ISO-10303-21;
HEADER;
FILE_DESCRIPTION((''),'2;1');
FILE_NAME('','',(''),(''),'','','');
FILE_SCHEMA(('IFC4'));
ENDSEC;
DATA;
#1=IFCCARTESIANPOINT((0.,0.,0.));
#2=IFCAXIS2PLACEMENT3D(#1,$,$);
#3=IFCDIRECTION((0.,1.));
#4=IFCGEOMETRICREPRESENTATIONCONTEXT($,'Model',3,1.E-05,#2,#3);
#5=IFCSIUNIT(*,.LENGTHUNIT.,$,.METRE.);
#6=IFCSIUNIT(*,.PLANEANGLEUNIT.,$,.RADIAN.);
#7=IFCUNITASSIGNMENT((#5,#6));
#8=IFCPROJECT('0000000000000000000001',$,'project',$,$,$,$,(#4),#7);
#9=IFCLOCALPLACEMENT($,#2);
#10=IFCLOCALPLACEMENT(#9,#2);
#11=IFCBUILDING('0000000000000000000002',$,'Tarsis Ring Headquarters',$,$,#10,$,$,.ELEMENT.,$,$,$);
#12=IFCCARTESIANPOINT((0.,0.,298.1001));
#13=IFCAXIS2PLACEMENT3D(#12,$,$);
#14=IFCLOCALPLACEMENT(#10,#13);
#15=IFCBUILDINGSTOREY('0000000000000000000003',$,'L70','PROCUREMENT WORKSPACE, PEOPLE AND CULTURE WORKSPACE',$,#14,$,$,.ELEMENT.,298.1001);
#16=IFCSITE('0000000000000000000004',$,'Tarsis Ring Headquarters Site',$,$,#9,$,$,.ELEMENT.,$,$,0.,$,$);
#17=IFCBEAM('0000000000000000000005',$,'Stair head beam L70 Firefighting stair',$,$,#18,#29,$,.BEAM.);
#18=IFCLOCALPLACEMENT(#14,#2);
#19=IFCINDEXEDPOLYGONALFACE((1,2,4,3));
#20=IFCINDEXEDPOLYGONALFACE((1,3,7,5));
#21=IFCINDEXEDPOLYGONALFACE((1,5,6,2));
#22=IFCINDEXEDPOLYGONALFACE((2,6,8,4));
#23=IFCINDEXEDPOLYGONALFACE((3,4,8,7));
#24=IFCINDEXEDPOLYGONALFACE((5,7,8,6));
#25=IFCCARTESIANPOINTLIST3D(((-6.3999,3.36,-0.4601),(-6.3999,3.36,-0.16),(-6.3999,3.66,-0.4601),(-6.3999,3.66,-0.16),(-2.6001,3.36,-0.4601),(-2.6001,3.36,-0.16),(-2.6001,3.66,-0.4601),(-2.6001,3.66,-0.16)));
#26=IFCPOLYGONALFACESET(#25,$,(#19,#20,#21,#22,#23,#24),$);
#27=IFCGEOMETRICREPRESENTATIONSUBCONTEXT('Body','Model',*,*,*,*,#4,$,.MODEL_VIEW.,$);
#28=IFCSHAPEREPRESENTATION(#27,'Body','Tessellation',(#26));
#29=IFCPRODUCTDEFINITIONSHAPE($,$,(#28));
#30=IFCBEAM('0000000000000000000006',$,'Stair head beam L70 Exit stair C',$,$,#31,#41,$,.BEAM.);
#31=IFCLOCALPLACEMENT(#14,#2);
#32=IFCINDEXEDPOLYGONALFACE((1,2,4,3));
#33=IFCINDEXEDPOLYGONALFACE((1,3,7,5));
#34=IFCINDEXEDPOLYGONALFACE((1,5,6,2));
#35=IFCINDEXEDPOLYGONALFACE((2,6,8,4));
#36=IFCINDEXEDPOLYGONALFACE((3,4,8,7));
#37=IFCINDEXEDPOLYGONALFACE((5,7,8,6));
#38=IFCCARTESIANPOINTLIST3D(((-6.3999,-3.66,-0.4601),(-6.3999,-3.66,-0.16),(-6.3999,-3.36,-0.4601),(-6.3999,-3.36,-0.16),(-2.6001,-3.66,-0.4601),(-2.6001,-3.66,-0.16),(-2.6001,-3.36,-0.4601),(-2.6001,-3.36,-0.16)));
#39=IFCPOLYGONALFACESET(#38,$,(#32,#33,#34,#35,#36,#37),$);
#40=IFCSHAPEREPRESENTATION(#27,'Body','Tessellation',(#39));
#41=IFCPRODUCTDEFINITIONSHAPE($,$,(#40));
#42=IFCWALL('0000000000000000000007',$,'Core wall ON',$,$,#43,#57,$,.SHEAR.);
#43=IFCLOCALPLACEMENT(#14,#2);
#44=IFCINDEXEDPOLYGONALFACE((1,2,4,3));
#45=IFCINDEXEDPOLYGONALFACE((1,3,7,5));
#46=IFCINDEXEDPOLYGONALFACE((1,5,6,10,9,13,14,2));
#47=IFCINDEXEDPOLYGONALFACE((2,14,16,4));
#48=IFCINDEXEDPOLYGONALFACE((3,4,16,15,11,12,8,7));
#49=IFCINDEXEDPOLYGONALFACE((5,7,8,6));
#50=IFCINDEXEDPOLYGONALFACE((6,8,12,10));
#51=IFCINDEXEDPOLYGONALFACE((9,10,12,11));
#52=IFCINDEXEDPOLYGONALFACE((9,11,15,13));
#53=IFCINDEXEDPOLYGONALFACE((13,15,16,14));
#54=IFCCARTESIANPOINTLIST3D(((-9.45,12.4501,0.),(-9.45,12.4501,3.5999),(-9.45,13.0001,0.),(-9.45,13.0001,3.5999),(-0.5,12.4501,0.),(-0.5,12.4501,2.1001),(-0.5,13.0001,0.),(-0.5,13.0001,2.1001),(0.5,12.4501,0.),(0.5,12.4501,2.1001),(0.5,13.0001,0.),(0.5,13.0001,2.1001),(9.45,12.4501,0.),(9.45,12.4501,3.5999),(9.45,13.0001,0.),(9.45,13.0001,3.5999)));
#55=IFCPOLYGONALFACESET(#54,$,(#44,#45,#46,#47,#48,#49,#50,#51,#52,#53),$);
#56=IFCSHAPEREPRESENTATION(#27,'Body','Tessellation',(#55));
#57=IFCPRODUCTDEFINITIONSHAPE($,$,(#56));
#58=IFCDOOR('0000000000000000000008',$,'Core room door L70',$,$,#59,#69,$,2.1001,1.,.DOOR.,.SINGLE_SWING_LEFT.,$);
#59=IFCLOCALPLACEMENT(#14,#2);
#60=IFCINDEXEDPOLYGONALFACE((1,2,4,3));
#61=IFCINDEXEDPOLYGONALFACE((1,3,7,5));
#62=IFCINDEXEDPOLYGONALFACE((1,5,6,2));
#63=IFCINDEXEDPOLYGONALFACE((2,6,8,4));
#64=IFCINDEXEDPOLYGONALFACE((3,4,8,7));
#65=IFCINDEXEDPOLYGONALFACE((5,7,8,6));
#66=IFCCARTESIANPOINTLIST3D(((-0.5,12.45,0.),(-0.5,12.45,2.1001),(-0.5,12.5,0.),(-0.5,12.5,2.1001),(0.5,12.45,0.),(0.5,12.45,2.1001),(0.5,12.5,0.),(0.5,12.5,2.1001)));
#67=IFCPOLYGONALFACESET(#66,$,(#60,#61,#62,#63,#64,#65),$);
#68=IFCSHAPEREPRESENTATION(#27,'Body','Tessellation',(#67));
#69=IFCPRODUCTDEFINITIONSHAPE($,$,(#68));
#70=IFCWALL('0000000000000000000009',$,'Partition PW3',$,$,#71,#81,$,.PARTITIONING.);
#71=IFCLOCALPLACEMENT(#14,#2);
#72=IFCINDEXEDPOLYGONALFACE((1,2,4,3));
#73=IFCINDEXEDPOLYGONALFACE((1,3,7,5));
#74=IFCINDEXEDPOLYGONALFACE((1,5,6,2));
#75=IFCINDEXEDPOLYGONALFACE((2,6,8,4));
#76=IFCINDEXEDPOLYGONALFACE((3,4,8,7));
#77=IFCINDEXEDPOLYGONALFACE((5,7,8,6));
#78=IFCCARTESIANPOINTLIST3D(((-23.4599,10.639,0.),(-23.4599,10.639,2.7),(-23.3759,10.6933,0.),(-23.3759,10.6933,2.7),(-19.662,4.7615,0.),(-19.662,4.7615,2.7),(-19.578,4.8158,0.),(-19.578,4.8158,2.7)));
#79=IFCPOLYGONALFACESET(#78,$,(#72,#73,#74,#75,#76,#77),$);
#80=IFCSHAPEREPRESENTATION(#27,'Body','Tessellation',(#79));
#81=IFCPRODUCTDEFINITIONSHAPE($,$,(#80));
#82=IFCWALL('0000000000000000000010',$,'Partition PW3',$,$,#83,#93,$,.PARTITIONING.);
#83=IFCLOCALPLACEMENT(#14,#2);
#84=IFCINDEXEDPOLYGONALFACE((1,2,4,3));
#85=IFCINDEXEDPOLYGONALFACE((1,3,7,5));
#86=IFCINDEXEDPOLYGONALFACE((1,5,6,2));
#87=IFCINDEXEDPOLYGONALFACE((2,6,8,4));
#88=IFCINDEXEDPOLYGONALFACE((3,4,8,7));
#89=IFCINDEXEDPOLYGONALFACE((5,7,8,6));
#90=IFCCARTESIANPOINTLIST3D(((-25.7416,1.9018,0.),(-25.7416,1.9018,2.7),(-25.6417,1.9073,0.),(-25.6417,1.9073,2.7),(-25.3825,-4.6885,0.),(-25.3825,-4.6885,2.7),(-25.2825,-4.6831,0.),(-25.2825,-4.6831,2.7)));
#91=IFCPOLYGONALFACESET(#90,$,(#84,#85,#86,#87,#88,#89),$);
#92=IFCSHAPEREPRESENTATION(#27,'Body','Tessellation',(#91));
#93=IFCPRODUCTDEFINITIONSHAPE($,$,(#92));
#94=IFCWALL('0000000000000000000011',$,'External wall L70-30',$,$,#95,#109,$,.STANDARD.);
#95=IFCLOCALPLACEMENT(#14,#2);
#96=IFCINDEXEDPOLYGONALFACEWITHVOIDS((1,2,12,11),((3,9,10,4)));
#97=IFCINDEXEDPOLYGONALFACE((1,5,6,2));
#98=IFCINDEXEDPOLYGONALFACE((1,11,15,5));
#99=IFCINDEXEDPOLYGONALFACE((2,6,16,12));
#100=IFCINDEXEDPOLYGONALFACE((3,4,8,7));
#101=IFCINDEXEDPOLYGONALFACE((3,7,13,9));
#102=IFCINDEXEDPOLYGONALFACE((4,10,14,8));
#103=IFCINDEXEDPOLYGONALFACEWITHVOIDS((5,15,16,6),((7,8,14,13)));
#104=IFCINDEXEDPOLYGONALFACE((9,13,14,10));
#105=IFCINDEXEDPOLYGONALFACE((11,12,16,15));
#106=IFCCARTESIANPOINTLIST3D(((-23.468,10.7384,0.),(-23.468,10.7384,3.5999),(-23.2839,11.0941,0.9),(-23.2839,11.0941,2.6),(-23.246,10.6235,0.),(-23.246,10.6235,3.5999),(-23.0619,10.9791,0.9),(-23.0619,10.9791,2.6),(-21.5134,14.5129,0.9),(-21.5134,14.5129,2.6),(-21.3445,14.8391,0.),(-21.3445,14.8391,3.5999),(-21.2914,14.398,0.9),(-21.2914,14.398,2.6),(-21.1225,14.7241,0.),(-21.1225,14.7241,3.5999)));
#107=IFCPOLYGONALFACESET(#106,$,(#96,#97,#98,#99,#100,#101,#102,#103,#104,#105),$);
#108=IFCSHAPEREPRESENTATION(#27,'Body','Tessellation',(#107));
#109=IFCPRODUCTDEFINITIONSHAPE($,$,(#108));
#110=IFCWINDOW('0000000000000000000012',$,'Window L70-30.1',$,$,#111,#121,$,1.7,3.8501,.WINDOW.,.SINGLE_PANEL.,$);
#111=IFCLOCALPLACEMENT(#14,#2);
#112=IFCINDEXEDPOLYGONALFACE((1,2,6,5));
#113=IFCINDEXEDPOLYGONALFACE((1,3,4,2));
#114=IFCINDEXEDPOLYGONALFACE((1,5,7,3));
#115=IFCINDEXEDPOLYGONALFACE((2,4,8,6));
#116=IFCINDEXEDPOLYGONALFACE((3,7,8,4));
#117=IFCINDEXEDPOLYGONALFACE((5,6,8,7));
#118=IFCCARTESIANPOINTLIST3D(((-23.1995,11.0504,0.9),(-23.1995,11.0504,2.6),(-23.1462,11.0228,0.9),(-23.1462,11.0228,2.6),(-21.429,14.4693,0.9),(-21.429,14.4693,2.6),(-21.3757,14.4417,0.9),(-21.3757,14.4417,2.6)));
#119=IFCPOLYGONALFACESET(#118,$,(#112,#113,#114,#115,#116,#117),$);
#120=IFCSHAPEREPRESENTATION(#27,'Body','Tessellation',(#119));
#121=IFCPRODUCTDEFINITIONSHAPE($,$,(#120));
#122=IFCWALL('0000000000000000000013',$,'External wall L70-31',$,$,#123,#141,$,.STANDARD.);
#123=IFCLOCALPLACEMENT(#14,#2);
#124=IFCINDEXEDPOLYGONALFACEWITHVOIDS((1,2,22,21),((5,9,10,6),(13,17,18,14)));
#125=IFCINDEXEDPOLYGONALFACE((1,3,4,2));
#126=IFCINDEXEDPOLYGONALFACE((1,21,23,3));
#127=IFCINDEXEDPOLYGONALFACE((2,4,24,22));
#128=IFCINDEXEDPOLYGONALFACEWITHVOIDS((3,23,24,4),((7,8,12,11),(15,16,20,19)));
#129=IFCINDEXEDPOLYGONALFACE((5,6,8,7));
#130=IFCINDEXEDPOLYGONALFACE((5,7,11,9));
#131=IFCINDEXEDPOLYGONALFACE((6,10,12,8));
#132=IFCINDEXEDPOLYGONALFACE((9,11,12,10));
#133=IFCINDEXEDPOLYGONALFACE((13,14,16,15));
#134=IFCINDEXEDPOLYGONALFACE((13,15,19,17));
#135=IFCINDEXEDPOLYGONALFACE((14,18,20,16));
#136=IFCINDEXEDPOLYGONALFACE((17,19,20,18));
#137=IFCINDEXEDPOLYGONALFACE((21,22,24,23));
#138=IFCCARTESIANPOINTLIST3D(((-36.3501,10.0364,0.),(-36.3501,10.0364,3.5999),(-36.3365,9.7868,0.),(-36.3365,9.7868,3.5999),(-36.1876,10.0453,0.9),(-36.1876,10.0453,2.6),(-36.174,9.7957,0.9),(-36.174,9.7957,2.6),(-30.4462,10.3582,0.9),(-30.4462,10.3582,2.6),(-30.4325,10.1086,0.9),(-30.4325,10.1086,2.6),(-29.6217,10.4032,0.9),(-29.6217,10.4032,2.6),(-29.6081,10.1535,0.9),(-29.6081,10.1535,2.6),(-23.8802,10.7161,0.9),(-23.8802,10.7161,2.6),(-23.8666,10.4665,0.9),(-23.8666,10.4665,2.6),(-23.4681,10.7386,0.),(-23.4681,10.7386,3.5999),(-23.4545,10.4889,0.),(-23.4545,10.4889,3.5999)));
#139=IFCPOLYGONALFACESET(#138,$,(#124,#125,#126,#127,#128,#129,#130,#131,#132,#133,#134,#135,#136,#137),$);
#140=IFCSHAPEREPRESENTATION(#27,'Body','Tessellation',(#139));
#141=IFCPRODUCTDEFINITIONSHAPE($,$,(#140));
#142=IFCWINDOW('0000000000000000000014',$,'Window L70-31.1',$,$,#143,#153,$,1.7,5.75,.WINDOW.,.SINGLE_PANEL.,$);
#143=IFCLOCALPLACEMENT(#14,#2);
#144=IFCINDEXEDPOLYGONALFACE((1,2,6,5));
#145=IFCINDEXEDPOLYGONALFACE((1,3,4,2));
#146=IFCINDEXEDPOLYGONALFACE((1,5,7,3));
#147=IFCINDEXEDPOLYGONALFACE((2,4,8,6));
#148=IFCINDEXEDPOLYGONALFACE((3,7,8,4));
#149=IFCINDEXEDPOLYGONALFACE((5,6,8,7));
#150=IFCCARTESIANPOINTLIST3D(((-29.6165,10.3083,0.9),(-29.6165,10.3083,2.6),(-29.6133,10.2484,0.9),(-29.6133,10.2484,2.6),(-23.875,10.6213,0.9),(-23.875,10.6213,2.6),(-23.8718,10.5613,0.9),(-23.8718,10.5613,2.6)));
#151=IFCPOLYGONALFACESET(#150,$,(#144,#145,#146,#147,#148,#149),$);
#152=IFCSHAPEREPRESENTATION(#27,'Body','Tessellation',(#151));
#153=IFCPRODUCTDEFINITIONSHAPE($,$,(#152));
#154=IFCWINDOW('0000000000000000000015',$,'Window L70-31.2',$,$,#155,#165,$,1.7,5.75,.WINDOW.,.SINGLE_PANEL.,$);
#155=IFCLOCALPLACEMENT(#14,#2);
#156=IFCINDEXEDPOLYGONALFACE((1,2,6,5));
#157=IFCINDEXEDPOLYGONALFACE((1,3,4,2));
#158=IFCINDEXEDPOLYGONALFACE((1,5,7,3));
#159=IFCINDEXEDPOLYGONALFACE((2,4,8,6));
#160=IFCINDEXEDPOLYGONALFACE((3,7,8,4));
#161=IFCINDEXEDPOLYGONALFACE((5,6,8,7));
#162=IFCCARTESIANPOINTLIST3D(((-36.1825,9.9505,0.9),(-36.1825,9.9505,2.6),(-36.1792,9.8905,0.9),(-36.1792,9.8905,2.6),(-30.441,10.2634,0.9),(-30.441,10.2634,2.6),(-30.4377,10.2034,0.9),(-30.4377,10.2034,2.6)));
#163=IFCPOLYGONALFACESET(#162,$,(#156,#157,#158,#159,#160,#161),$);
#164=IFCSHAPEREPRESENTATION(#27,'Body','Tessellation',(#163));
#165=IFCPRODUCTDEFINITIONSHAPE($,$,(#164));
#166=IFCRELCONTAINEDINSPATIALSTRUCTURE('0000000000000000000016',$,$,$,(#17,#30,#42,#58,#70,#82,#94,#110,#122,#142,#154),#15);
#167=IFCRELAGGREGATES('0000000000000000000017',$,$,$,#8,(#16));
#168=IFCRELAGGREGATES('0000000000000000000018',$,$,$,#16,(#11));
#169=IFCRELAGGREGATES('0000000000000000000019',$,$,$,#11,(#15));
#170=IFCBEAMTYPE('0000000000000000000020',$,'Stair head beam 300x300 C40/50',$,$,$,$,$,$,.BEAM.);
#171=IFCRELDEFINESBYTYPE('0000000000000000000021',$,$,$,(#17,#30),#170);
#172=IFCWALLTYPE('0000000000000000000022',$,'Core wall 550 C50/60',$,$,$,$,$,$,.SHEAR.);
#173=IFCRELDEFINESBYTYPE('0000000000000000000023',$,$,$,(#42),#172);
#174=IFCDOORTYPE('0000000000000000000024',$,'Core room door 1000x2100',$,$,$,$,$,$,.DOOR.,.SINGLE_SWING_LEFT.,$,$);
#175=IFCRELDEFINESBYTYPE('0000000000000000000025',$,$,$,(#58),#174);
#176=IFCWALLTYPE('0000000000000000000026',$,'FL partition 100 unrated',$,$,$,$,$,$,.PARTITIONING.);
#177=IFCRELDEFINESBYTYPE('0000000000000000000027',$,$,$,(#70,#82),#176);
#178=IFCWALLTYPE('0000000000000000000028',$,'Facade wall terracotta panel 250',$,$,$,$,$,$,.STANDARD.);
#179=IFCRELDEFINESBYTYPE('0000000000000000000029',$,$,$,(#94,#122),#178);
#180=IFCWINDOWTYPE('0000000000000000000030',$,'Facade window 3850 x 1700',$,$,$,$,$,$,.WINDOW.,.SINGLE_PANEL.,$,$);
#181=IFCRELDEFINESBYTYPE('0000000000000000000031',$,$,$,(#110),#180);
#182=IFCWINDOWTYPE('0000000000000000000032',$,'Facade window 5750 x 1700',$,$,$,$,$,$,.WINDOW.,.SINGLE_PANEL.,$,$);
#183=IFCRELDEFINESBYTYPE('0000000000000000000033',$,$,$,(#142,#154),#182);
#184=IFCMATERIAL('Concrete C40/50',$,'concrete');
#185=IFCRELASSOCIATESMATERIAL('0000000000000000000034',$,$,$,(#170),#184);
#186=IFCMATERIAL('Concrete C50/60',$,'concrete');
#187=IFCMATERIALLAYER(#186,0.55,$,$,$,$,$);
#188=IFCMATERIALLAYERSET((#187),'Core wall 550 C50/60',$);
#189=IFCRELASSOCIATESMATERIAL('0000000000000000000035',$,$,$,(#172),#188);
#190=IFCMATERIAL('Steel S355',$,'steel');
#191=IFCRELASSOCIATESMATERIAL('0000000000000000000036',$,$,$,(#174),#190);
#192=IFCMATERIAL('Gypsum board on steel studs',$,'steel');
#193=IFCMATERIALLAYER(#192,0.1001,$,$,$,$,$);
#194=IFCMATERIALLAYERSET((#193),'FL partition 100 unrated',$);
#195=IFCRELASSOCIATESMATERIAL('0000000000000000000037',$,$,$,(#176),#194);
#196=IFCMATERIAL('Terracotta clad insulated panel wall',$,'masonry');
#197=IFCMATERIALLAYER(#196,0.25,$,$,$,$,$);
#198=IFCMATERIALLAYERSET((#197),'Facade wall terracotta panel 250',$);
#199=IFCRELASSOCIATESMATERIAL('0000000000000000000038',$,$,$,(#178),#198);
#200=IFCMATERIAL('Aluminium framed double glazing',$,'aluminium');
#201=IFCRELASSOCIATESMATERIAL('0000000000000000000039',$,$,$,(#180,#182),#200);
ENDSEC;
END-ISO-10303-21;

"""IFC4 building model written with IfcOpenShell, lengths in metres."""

from ifc_helpers import new_model, si_unit, direction, frame, frame_2d, origin, origin_2d, place, context, subcontext, project, spatial, rectangle, extrude, material, layer, layer_set, material_profile, profile_set, type_object, element, fill, save


model = new_model("IFC4")

# Units and contexts
model_context = context("Model", 3, precision=1e-05, world=origin(), true_north=direction((0.0, 1.0)))
body_context = subcontext(model_context, "Body", "Model", "MODEL_VIEW")
ifc_project = project(units=[si_unit("LENGTHUNIT", "METRE"), si_unit("PLANEANGLEUNIT", "RADIAN")], contexts=[model_context])

# Site, building, storey
site_placement = place(None, origin())
site = spatial("IfcSite", under=ifc_project, at=site_placement, Name="Tarsis Ring Headquarters Site", CompositionType="ELEMENT", RefElevation=0.0)
building_placement = place(site_placement, origin())
building = spatial("IfcBuilding", under=site, at=building_placement, Name="Tarsis Ring Headquarters", CompositionType="ELEMENT")
storey_placement = place(building_placement, frame((0.0, 0.0, 298.1001)))
storey = spatial("IfcBuildingStorey", under=building, at=storey_placement, Name="L70", Description="PROCUREMENT WORKSPACE, PEOPLE AND CULTURE WORKSPACE", CompositionType="ELEMENT", Elevation=298.1001)

# Beams
ifc_material_1 = material(Name="Concrete C40/50", Category="concrete")
ifc_material_profile = material_profile(ifc_material_1, rectangle(XDim=0.3, YDim=0.3, at=origin_2d()), Name="Stair head beam 300x300 C40/50")
ifc_profile_set = profile_set([ifc_material_profile], Name="Concrete C40/50")
beam_type = type_object("IfcBeamType", Name="Stair head beam 300x300 C40/50", PredefinedType="BEAM", material=ifc_profile_set)
for number, where, z_axis, x_axis, name in (
    (1, (-6.3999, 3.51, -0.3101), (1.0, 0.0, 0.0), (0.0, 1.0, 0.0), "Stair head beam L70 Firefighting stair"),
    (2, (-6.3999, -3.51, -0.3101), (1.0, 0.0, 0.0), (0.0, 1.0, 0.0), "Stair head beam L70 Exit stair C"),
):
    element("IfcBeam", number, at=place(storey_placement, frame(where, z_axis=z_axis, x_axis=x_axis)), inside=storey, type_object=beam_type, Name=name, PredefinedType="BEAM", context=body_context, shape_type="SweptSolid", body=[
        extrude(rectangle(XDim=0.3, YDim=0.3, at=origin_2d()), origin(), (0.0, 0.0, 1.0), 3.7998),
    ])

# Wall, opening, door
ifc_material_2 = material(Name="Concrete C50/60", Category="concrete")
ifc_layer_1 = layer(ifc_material_2, 0.55)
ifc_layer_set_1 = layer_set([ifc_layer_1], Name="Core wall 550 C50/60")
wall_type_1 = type_object("IfcWallType", Name="Core wall 550 C50/60", PredefinedType="SHEAR", material=ifc_layer_set_1)
wall_1_placement = place(storey_placement, frame((-9.45, 12.7251, 0.0), z_axis=(0.0, 0.0, 1.0), x_axis=(1.0, 0.0, 0.0)))
wall_1 = element("IfcWall", 3, at=wall_1_placement, inside=storey, type_object=wall_type_1, Name="Core wall ON", PredefinedType="SHEAR", context=body_context, shape_type="SweptSolid", body=[
    extrude(rectangle(XDim=18.8999, YDim=0.55, at=frame_2d((9.45, 0.0))), origin(), (0.0, 0.0, 1.0), 3.5999),
])
opening_1_placement = place(wall_1_placement, frame((8.95, 0.0, 0.0)))
opening_1 = element("IfcOpeningElement", 4, at=opening_1_placement, cuts=wall_1, PredefinedType="OPENING", context=body_context, shape_type="SweptSolid", body=[
    extrude(rectangle(XDim=1.0, YDim=2.1001, at=frame_2d((0.5, 1.05))), frame((0.0, 0.2849, 0.0), z_axis=(0.0, -1.0, 0.0), x_axis=(1.0, 0.0, 0.0)), (0.0, 0.0, 1.0), 0.5701),
])
ifc_material_3 = material(Name="Steel S355", Category="steel")
door_type_1 = type_object("IfcDoorType", Name="Core room door 1000x2100", OperationType="SINGLE_SWING_LEFT", PredefinedType="DOOR", material=ifc_material_3)
door_1_placement = place(opening_1_placement, origin())
door_1 = element("IfcDoor", 5, at=door_1_placement, inside=storey, type_object=door_type_1, Name="Core room door L70", OperationType="SINGLE_SWING_LEFT", OverallHeight=2.1001, OverallWidth=1.0, PredefinedType="DOOR", context=body_context, shape_type="SweptSolid", body=[
    extrude(rectangle(XDim=1.0, YDim=2.1001, at=frame_2d((0.5, 1.05))), frame((0.0, -0.2251, 0.0), z_axis=(0.0, -1.0, 0.0), x_axis=(1.0, 0.0, 0.0)), (0.0, 0.0, 1.0), 0.05),
])
fill(opening_1, door_1)

# Walls
ifc_material_4 = material(Name="Gypsum board on steel studs", Category="steel")
ifc_layer_2 = layer(ifc_material_4, 0.1001)
ifc_layer_set_2 = layer_set([ifc_layer_2], Name="FL partition 100 unrated")
wall_type_2 = type_object("IfcWallType", Name="FL partition 100 unrated", PredefinedType="PARTITIONING", material=ifc_layer_set_2)
wall_2_placement = place(storey_placement, frame((-23.418, 10.6663, 0.0), z_axis=(0.0, 0.0, 1.0), x_axis=(0.542728, -0.839909, 0.0)))
element("IfcWall", 6, at=wall_2_placement, inside=storey, type_object=wall_type_2, Name="Partition PW3", PredefinedType="PARTITIONING", context=body_context, shape_type="SweptSolid", body=[
    extrude(rectangle(XDim=6.9978, YDim=0.1001, at=frame_2d((3.499, 0.0))), origin(), (0.0, 0.0, 1.0), 2.7),
])
wall_3_placement = place(storey_placement, frame((-25.6917, 1.9045, 0.0), z_axis=(0.0, 0.0, 1.0), x_axis=(0.054413, -0.998519, 0.0)))
element("IfcWall", 7, at=wall_3_placement, inside=storey, type_object=wall_type_2, Name="Partition PW3", PredefinedType="PARTITIONING", context=body_context, shape_type="SweptSolid", body=[
    extrude(rectangle(XDim=6.6001, YDim=0.1001, at=frame_2d((3.3, 0.0))), origin(), (0.0, 0.0, 1.0), 2.7),
])

# Wall, opening, window
ifc_material_5 = material(Name="Terracotta clad insulated panel wall", Category="masonry")
ifc_layer_3 = layer(ifc_material_5, 0.25)
ifc_layer_set_3 = layer_set([ifc_layer_3], Name="Facade wall terracotta panel 250")
wall_type_3 = type_object("IfcWallType", Name="Facade wall terracotta panel 250", PredefinedType="STANDARD", material=ifc_layer_set_3)
wall_4_placement = place(storey_placement, frame((-21.2334, 14.7817, 0.0), z_axis=(0.0, 0.0, 1.0), x_axis=(-0.459857, -0.887993, 0.0)))
wall_4 = element("IfcWall", 8, at=wall_4_placement, inside=storey, type_object=wall_type_3, Name="External wall L70-30", PredefinedType="STANDARD", context=body_context, shape_type="SweptSolid", body=[
    extrude(rectangle(XDim=4.6179, YDim=0.25, at=frame_2d((2.3091, 0.0))), origin(), (0.0, 0.0, 1.0), 3.5999),
])
opening_2_placement = place(wall_4_placement, frame((0.3674, 0.0, 0.8999)))
opening_2 = element("IfcOpeningElement", 9, at=opening_2_placement, cuts=wall_4, PredefinedType="OPENING", context=body_context, shape_type="SweptSolid", body=[
    extrude(rectangle(XDim=3.8501, YDim=1.7, at=frame_2d((1.925, 0.8501))), frame((0.0, 0.135, 0.0), z_axis=(0.0, -1.0, 0.0), x_axis=(1.0, 0.0, 0.0)), (0.0, 0.0, 1.0), 0.27),
])
ifc_material_6 = material(Name="Aluminium framed double glazing", Category="aluminium")
window_type_1 = type_object("IfcWindowType", Name="Facade window 3850 x 1700", PartitioningType="SINGLE_PANEL", PredefinedType="WINDOW", material=ifc_material_6)
window_1_placement = place(opening_2_placement, origin())
window_1 = element("IfcWindow", 10, at=window_1_placement, inside=storey, type_object=window_type_1, Name="Window L70-30.1", OverallHeight=1.7, OverallWidth=3.8501, PartitioningType="SINGLE_PANEL", PredefinedType="WINDOW", context=body_context, shape_type="SweptSolid", body=[
    extrude(rectangle(XDim=3.8501, YDim=1.7, at=frame_2d((1.925, 0.8501))), frame((0.0, 0.03, 0.0), z_axis=(0.0, -1.0, 0.0), x_axis=(1.0, 0.0, 0.0)), (0.0, 0.0, 1.0), 0.0601),
])
fill(opening_2, window_1)

# Wall, openings, windows
wall_5_placement = place(storey_placement, frame((-23.4612, 10.6138, 0.0), z_axis=(0.0, 0.0, 1.0), x_axis=(-0.998518, -0.054425, 0.0)))
wall_5 = element("IfcWall", 11, at=wall_5_placement, inside=storey, type_object=wall_type_3, Name="External wall L70-31", PredefinedType="STANDARD", context=body_context, shape_type="SweptSolid", body=[
    extrude(rectangle(XDim=12.9011, YDim=0.25, at=frame_2d((6.4507, 0.0))), origin(), (0.0, 0.0, 1.0), 3.5999),
])
opening_3_placement = place(wall_5_placement, frame((0.4128, 0.0, 0.8999)))
opening_3 = element("IfcOpeningElement", 12, at=opening_3_placement, cuts=wall_5, PredefinedType="OPENING", context=body_context, shape_type="SweptSolid", body=[
    extrude(rectangle(XDim=5.75, YDim=1.7, at=frame_2d((2.875, 0.8501))), frame((0.0, 0.135, 0.0), z_axis=(0.0, -1.0, 0.0), x_axis=(1.0, 0.0, 0.0)), (0.0, 0.0, 1.0), 0.27),
])
opening_4_placement = place(wall_5_placement, frame((6.9885, 0.0, 0.8999)))
opening_4 = element("IfcOpeningElement", 13, at=opening_4_placement, cuts=wall_5, PredefinedType="OPENING", context=body_context, shape_type="SweptSolid", body=[
    extrude(rectangle(XDim=5.75, YDim=1.7, at=frame_2d((2.875, 0.8501))), frame((0.0, 0.135, 0.0), z_axis=(0.0, -1.0, 0.0), x_axis=(1.0, 0.0, 0.0)), (0.0, 0.0, 1.0), 0.27),
])
window_type_2 = type_object("IfcWindowType", Name="Facade window 5750 x 1700", PartitioningType="SINGLE_PANEL", PredefinedType="WINDOW", material=ifc_material_6)
window_2_placement = place(opening_3_placement, origin())
window_2 = element("IfcWindow", 14, at=window_2_placement, inside=storey, type_object=window_type_2, Name="Window L70-31.1", OverallHeight=1.7, OverallWidth=5.75, PartitioningType="SINGLE_PANEL", PredefinedType="WINDOW", context=body_context, shape_type="SweptSolid", body=[
    extrude(rectangle(XDim=5.75, YDim=1.7, at=frame_2d((2.875, 0.8501))), frame((0.0, 0.03, 0.0), z_axis=(0.0, -1.0, 0.0), x_axis=(1.0, 0.0, 0.0)), (0.0, 0.0, 1.0), 0.0601),
])
fill(opening_3, window_2)
window_3_placement = place(opening_4_placement, origin())
window_3 = element("IfcWindow", 15, at=window_3_placement, inside=storey, type_object=window_type_2, Name="Window L70-31.2", OverallHeight=1.7, OverallWidth=5.75, PartitioningType="SINGLE_PANEL", PredefinedType="WINDOW", context=body_context, shape_type="SweptSolid", body=[
    extrude(rectangle(XDim=5.75, YDim=1.7, at=frame_2d((2.875, 0.8501))), frame((0.0, 0.03, 0.0), z_axis=(0.0, -1.0, 0.0), x_axis=(1.0, 0.0, 0.0)), (0.0, 0.0, 1.0), 0.0601),
])
fill(opening_4, window_3)

save(model, "model.ifc")
